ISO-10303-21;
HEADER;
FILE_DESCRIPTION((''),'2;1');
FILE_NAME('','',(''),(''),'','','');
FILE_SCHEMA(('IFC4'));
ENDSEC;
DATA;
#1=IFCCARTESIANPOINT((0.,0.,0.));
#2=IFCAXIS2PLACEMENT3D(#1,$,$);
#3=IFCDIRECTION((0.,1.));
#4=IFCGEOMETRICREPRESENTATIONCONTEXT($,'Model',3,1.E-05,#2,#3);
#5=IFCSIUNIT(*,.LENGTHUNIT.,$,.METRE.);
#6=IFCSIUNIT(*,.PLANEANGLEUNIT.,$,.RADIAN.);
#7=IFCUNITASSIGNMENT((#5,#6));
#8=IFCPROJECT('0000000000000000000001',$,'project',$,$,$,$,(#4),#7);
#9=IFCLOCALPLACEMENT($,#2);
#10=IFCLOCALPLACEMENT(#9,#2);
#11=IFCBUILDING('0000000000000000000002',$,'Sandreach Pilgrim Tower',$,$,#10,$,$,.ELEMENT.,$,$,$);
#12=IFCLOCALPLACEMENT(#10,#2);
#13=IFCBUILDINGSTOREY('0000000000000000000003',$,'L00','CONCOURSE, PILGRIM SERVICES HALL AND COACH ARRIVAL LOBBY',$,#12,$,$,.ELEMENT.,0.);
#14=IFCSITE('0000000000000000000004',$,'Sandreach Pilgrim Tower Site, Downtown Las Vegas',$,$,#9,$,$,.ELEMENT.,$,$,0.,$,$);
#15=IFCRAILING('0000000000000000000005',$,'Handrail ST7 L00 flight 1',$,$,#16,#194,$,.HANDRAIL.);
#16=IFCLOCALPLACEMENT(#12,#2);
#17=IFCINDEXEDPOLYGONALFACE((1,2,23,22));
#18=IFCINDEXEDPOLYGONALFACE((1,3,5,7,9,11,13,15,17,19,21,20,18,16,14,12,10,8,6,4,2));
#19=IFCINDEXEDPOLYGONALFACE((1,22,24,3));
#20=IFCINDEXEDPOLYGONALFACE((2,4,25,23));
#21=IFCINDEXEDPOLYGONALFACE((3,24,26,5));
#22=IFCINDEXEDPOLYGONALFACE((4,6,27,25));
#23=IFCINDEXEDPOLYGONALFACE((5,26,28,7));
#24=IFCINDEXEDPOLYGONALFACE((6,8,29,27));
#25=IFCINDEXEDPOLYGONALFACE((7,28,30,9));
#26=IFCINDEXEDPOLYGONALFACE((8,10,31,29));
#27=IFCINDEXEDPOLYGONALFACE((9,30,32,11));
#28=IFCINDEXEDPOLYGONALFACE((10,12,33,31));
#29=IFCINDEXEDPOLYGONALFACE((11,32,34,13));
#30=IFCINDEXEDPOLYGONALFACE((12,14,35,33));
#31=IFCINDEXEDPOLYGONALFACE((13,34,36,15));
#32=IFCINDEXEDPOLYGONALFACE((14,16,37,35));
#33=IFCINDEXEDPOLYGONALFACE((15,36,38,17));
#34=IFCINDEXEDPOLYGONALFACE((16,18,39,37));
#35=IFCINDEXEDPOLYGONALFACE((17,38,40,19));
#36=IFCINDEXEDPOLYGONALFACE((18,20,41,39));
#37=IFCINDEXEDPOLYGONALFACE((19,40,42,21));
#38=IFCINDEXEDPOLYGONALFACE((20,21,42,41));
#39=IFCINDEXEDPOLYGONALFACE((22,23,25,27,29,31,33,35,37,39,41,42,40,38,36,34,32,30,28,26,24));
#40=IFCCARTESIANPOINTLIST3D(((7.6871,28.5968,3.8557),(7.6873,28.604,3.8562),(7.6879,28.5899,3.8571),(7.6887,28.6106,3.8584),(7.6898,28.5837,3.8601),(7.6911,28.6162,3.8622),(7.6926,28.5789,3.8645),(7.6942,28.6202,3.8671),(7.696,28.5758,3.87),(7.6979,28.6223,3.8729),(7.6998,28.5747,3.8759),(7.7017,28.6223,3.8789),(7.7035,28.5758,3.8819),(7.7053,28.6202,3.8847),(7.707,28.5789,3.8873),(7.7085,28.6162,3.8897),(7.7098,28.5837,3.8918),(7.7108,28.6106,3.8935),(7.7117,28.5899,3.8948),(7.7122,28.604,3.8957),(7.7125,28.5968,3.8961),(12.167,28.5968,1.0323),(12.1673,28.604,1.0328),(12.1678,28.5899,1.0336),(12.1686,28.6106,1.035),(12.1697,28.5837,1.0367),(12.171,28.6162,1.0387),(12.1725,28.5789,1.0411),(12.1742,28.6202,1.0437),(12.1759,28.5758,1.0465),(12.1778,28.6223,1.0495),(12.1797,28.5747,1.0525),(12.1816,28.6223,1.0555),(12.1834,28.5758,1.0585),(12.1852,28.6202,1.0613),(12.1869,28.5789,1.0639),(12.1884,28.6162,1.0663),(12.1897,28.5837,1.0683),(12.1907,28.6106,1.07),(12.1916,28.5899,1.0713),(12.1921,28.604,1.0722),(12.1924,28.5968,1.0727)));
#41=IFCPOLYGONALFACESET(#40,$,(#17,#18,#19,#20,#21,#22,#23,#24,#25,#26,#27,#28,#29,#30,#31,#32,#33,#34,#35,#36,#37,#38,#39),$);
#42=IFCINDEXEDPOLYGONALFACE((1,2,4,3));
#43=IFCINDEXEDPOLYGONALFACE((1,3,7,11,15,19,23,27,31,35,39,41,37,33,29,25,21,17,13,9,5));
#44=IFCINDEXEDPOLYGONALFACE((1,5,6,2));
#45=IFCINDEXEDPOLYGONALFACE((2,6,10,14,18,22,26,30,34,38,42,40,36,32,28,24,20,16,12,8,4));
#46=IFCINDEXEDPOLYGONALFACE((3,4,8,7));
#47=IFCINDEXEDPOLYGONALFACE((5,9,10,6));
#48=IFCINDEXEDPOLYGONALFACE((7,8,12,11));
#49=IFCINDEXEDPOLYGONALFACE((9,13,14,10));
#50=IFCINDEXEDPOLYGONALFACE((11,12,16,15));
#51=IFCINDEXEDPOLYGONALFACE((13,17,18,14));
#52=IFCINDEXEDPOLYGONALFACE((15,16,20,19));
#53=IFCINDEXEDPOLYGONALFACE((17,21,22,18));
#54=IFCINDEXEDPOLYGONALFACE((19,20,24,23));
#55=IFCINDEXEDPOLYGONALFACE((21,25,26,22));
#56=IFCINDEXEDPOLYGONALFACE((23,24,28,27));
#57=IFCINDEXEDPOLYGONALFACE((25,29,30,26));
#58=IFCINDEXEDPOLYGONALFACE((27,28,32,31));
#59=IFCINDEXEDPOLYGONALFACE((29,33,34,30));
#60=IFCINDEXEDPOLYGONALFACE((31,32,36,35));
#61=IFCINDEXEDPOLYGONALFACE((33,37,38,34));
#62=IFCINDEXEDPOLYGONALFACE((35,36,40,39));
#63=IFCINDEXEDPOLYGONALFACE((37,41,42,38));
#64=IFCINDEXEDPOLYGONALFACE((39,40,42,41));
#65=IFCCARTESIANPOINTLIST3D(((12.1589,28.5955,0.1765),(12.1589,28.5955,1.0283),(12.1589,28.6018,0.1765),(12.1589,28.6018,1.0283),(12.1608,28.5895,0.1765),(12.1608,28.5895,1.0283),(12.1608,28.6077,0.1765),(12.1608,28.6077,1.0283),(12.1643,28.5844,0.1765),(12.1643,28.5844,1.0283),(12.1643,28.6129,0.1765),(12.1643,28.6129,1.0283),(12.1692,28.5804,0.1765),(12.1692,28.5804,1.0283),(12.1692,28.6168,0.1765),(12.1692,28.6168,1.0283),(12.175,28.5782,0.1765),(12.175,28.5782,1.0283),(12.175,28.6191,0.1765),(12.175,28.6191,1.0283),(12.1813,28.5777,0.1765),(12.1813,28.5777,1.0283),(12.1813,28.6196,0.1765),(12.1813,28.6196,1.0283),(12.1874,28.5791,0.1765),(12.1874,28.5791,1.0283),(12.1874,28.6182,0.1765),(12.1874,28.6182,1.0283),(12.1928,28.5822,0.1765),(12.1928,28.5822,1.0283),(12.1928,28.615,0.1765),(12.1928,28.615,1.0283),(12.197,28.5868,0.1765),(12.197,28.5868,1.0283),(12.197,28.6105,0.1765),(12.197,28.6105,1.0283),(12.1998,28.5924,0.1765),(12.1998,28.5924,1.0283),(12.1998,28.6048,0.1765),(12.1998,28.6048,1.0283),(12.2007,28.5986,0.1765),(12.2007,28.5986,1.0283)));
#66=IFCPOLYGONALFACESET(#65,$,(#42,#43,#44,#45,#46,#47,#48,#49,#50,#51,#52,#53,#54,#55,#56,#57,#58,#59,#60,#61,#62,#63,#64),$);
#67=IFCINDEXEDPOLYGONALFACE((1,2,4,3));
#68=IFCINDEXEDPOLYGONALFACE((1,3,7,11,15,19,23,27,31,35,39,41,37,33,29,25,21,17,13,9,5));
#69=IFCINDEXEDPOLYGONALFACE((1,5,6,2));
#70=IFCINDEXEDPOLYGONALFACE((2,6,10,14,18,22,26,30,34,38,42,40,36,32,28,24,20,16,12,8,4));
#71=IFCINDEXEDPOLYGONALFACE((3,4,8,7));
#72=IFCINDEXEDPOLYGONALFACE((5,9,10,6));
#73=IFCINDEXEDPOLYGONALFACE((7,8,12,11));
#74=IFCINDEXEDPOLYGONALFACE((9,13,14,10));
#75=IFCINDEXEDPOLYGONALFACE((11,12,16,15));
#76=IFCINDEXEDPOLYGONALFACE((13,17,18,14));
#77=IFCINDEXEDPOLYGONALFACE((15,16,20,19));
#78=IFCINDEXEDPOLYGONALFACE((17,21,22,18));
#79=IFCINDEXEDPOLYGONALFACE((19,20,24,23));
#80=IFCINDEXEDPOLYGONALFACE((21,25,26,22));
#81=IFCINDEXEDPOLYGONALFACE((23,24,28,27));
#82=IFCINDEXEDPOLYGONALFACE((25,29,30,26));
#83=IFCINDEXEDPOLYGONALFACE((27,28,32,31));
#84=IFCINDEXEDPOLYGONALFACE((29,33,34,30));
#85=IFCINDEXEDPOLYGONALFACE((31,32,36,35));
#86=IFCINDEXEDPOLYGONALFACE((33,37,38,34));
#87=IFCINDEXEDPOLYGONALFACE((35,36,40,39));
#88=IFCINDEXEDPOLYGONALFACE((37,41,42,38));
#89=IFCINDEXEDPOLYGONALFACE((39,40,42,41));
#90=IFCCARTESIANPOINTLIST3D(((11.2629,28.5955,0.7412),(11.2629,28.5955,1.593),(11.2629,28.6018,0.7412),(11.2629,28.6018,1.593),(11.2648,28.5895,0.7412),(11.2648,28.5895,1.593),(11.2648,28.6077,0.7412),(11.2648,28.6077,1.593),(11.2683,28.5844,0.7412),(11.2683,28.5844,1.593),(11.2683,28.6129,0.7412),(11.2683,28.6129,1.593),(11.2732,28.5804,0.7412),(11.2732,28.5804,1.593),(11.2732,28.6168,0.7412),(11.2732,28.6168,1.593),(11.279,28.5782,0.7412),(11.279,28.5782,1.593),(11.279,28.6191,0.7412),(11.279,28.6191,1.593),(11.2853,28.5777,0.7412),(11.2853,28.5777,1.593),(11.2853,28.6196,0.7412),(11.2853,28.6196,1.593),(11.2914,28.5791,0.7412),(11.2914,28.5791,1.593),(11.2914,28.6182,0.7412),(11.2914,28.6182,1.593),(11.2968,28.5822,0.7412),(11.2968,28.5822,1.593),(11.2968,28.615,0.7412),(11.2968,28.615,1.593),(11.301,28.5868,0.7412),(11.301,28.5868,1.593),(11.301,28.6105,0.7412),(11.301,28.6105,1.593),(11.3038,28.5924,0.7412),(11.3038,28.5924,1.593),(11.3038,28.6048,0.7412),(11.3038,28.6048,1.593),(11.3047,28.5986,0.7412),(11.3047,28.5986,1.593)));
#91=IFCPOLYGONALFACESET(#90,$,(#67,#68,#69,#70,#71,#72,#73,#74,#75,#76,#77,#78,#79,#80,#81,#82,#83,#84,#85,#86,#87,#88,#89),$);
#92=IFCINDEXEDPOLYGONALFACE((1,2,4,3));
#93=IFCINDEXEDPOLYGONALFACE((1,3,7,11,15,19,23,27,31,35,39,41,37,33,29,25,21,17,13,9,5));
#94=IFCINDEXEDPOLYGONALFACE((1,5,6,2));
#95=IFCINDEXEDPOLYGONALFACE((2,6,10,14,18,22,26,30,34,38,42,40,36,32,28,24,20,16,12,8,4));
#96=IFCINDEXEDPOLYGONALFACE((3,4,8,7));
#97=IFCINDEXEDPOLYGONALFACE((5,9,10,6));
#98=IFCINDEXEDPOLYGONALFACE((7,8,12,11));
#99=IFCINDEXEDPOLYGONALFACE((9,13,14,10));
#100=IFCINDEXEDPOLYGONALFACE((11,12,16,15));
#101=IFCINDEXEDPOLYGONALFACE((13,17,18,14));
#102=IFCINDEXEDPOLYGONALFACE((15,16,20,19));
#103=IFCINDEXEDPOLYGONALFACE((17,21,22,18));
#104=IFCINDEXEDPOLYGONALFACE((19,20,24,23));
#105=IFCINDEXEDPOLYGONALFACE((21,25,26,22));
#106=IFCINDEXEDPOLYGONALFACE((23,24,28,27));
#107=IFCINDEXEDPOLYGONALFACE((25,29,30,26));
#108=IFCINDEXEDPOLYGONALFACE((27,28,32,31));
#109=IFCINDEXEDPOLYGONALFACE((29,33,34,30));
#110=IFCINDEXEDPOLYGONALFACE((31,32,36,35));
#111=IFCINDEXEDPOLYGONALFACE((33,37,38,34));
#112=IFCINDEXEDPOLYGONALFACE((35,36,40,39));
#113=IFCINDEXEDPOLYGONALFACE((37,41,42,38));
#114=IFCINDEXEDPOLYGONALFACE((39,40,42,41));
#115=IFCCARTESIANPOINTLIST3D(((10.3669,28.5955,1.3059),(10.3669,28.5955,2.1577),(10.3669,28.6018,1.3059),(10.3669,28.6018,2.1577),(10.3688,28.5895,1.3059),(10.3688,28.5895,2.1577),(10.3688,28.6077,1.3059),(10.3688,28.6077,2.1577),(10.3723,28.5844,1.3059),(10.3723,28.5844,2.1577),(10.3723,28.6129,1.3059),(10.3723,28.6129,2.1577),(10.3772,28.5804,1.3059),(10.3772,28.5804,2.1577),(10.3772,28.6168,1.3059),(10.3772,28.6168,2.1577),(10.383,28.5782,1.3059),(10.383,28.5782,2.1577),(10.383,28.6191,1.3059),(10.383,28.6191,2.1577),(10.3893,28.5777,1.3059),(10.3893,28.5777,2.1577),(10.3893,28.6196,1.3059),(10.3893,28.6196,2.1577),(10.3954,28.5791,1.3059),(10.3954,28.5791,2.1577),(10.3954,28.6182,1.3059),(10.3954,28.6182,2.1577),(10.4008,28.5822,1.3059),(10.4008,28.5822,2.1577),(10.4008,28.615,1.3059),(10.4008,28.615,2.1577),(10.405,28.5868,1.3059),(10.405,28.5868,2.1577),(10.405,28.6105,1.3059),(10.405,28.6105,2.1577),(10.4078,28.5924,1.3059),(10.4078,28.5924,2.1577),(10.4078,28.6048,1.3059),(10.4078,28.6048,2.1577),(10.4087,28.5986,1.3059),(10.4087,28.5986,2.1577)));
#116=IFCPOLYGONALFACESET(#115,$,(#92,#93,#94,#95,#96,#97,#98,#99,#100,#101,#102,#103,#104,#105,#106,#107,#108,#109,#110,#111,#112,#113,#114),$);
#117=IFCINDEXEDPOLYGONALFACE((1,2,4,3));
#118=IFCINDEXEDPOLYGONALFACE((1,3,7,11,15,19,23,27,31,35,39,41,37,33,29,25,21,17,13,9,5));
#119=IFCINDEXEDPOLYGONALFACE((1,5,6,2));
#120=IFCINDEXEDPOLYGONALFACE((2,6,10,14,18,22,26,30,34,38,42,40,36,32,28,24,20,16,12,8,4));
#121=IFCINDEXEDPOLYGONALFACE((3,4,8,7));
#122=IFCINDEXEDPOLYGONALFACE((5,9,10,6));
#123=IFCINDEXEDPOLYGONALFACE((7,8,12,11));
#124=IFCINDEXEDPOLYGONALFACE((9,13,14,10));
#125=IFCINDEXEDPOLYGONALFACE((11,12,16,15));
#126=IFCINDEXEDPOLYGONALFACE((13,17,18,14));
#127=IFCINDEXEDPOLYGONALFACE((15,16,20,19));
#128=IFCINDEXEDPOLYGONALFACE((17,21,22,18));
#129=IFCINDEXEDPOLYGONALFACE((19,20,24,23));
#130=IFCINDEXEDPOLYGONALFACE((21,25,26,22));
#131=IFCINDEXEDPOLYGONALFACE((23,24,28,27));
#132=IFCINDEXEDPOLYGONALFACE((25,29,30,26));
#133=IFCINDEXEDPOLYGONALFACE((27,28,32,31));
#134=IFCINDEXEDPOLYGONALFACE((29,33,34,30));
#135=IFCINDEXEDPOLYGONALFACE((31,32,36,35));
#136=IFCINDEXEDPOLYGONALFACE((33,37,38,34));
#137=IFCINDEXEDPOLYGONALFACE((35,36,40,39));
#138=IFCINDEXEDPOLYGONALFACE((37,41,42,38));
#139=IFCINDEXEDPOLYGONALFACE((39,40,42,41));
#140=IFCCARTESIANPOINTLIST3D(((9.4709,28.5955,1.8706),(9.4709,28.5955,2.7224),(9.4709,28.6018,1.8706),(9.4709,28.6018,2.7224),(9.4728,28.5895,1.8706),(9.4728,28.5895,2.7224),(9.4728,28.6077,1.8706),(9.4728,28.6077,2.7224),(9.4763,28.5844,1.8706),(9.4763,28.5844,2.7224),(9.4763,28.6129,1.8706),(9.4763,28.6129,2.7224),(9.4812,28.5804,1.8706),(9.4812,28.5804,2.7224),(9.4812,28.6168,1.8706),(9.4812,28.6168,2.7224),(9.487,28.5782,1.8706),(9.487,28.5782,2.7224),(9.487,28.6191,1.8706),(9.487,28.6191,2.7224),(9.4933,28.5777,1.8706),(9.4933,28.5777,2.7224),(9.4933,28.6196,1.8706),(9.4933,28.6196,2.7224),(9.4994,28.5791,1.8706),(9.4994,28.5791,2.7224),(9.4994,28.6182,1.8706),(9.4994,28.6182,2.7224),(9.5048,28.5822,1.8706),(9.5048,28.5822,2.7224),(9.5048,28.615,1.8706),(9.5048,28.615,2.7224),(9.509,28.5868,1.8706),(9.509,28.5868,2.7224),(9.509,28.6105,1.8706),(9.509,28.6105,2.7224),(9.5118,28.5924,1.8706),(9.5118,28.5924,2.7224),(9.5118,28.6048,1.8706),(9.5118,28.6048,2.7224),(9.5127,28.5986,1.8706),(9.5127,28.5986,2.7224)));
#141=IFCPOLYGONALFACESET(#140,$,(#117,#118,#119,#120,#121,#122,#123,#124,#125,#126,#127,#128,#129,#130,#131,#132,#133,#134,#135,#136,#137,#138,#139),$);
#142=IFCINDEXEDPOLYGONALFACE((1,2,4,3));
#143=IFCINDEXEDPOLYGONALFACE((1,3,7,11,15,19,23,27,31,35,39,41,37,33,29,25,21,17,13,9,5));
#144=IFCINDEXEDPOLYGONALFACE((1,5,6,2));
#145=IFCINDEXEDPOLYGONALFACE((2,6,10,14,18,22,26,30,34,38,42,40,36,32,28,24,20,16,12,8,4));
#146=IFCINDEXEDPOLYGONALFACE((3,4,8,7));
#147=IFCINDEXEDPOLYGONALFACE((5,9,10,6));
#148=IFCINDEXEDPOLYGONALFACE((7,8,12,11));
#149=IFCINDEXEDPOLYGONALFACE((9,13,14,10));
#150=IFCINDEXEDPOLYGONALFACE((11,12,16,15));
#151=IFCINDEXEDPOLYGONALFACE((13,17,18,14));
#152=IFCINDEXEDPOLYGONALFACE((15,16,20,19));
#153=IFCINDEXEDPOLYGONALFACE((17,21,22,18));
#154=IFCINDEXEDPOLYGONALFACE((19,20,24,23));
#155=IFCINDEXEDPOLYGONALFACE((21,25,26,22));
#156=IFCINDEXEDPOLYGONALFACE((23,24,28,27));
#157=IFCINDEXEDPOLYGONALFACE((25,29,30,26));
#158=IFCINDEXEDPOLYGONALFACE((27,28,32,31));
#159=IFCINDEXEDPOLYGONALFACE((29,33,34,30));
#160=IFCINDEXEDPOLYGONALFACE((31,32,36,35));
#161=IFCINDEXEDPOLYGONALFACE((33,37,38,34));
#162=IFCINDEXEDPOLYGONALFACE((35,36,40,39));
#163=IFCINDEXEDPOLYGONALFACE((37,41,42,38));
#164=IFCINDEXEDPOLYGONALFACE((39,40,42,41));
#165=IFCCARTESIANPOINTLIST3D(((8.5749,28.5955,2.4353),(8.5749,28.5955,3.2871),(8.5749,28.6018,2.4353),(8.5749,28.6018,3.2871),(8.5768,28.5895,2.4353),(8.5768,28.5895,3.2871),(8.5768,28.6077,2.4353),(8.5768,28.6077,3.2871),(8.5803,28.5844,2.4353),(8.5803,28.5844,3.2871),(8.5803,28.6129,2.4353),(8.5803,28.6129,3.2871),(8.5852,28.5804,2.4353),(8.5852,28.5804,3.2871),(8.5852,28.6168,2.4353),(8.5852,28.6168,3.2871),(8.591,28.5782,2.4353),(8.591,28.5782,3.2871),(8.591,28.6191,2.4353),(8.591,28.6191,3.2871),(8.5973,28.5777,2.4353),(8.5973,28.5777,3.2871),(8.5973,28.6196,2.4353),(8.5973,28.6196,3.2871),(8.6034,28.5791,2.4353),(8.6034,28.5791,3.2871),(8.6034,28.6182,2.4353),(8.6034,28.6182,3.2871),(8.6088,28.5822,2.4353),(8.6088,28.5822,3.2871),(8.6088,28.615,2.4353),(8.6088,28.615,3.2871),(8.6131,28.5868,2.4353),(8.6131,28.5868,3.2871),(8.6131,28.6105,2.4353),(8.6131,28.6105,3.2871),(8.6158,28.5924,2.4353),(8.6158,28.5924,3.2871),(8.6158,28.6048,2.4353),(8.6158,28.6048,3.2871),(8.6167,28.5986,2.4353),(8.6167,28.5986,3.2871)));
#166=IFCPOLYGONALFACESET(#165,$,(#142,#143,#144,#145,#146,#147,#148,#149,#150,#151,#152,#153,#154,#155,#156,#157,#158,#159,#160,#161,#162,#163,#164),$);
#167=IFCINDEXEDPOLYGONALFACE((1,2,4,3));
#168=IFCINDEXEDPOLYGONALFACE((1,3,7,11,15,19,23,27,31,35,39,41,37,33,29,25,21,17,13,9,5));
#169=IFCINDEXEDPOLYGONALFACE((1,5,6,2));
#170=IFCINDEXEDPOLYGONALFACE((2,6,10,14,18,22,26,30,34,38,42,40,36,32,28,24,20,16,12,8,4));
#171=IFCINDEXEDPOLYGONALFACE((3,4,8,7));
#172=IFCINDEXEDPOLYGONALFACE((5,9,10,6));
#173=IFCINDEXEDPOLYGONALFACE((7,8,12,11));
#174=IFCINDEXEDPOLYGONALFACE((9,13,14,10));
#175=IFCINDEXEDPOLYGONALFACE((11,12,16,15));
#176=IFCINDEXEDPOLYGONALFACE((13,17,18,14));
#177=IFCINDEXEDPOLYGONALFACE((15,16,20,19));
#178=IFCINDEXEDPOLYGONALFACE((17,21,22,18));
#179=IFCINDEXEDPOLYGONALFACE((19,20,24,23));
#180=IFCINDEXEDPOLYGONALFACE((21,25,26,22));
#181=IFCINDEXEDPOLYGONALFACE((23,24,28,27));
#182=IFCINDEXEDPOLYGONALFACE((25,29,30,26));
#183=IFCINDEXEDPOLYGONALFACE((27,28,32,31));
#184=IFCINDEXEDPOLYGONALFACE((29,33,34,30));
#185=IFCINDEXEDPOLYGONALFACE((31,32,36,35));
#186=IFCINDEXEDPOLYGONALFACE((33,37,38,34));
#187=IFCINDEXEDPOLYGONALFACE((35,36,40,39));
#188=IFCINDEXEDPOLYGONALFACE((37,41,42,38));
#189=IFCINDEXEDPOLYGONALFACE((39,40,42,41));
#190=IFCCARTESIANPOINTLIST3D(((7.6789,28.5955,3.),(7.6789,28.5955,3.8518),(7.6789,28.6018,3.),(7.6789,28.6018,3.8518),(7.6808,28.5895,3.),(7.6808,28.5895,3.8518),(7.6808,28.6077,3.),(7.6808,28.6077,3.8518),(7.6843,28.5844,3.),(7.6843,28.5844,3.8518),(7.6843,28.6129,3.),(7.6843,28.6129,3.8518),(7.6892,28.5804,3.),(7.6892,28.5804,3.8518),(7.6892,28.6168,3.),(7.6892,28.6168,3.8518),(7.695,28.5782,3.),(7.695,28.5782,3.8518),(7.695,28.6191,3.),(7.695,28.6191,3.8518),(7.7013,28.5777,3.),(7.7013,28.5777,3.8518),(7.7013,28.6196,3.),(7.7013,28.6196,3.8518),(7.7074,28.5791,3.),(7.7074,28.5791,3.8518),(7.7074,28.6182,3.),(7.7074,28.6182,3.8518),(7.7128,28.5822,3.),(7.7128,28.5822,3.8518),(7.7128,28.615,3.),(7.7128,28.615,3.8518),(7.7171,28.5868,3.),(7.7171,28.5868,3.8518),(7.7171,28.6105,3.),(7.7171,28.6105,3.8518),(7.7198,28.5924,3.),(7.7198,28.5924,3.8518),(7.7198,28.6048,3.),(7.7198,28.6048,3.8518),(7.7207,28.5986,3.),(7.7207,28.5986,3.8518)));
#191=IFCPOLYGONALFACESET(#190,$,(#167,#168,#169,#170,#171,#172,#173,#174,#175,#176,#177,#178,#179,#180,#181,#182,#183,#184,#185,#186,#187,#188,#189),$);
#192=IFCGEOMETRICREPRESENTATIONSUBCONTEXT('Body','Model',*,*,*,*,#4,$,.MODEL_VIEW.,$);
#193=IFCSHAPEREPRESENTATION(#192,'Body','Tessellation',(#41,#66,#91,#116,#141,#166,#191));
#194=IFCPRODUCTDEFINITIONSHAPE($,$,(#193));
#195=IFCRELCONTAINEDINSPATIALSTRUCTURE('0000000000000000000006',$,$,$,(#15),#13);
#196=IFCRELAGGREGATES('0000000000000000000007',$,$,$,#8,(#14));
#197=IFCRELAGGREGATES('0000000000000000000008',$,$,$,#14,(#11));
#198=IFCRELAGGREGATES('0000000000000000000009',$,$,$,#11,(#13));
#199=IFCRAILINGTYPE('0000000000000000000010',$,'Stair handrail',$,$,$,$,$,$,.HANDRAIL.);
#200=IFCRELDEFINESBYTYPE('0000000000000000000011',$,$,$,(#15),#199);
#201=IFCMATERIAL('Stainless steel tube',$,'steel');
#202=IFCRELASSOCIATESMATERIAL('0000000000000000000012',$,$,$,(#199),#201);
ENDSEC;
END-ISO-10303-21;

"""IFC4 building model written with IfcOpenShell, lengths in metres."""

from ifc_helpers import new_model, si_unit, direction, frame, origin, origin_2d, place, context, subcontext, project, spatial, circle, extrude, material, type_object, element, save


model = new_model("IFC4")

# Units and contexts
model_context = context("Model", 3, precision=1e-05, world=origin(), true_north=direction((0.0, 1.0)))
body_context = subcontext(model_context, "Body", "Model", "MODEL_VIEW")
ifc_project = project(units=[si_unit("LENGTHUNIT", "METRE"), si_unit("PLANEANGLEUNIT", "RADIAN")], contexts=[model_context])

# Site, building, storey
site_placement = place(None, origin())
site = spatial("IfcSite", under=ifc_project, at=site_placement, Name="Sandreach Pilgrim Tower Site, Downtown Las Vegas", CompositionType="ELEMENT", RefElevation=0.0)
building_placement = place(site_placement, origin())
building = spatial("IfcBuilding", under=site, at=building_placement, Name="Sandreach Pilgrim Tower", CompositionType="ELEMENT")
storey_placement = place(building_placement, origin())
storey = spatial("IfcBuildingStorey", under=building, at=storey_placement, Name="L00", Description="CONCOURSE, PILGRIM SERVICES HALL AND COACH ARRIVAL LOBBY", CompositionType="ELEMENT", Elevation=0.0)

# Railing
ifc_material_1 = material(Name="Stainless steel tube", Category="steel")
railing_type = type_object("IfcRailingType", Name="Stair handrail", PredefinedType="HANDRAIL", material=ifc_material_1)
for number, where, name in (
    (1, (12.1797, 28.5986, 0.1765), "Handrail ST7 L00 flight 1"),
):
    element("IfcRailing", number, at=place(storey_placement, frame(where)), inside=storey, type_object=railing_type, Name=name, PredefinedType="HANDRAIL", context=body_context, shape_type="SweptSolid", body=[
        extrude(circle(Radius=0.0239, at=origin_2d()), frame((0.0, 0.0, 0.876), z_axis=(-0.845998, 0.0, 0.533186), x_axis=(0.0, -1.0, 0.0)), (0.0, 0.0, 1.0), 5.2954),
        extrude(circle(Radius=0.021, at=origin_2d()), origin(), (0.0, 0.0, 1.0), 0.8518),
        extrude(circle(Radius=0.021, at=origin_2d()), frame((-0.896, 0.0, 0.5647)), (0.0, 0.0, 1.0), 0.8518),
        extrude(circle(Radius=0.021, at=origin_2d()), frame((-1.792, 0.0, 1.1294)), (0.0, 0.0, 1.0), 0.8518),
        extrude(circle(Radius=0.021, at=origin_2d()), frame((-2.688, 0.0, 1.6941)), (0.0, 0.0, 1.0), 0.8518),
        extrude(circle(Radius=0.021, at=origin_2d()), frame((-3.584, 0.0, 2.2588)), (0.0, 0.0, 1.0), 0.8518),
        extrude(circle(Radius=0.021, at=origin_2d()), frame((-4.48, 0.0, 2.8235)), (0.0, 0.0, 1.0), 0.8518),
    ])

save(model, "model.ifc")
